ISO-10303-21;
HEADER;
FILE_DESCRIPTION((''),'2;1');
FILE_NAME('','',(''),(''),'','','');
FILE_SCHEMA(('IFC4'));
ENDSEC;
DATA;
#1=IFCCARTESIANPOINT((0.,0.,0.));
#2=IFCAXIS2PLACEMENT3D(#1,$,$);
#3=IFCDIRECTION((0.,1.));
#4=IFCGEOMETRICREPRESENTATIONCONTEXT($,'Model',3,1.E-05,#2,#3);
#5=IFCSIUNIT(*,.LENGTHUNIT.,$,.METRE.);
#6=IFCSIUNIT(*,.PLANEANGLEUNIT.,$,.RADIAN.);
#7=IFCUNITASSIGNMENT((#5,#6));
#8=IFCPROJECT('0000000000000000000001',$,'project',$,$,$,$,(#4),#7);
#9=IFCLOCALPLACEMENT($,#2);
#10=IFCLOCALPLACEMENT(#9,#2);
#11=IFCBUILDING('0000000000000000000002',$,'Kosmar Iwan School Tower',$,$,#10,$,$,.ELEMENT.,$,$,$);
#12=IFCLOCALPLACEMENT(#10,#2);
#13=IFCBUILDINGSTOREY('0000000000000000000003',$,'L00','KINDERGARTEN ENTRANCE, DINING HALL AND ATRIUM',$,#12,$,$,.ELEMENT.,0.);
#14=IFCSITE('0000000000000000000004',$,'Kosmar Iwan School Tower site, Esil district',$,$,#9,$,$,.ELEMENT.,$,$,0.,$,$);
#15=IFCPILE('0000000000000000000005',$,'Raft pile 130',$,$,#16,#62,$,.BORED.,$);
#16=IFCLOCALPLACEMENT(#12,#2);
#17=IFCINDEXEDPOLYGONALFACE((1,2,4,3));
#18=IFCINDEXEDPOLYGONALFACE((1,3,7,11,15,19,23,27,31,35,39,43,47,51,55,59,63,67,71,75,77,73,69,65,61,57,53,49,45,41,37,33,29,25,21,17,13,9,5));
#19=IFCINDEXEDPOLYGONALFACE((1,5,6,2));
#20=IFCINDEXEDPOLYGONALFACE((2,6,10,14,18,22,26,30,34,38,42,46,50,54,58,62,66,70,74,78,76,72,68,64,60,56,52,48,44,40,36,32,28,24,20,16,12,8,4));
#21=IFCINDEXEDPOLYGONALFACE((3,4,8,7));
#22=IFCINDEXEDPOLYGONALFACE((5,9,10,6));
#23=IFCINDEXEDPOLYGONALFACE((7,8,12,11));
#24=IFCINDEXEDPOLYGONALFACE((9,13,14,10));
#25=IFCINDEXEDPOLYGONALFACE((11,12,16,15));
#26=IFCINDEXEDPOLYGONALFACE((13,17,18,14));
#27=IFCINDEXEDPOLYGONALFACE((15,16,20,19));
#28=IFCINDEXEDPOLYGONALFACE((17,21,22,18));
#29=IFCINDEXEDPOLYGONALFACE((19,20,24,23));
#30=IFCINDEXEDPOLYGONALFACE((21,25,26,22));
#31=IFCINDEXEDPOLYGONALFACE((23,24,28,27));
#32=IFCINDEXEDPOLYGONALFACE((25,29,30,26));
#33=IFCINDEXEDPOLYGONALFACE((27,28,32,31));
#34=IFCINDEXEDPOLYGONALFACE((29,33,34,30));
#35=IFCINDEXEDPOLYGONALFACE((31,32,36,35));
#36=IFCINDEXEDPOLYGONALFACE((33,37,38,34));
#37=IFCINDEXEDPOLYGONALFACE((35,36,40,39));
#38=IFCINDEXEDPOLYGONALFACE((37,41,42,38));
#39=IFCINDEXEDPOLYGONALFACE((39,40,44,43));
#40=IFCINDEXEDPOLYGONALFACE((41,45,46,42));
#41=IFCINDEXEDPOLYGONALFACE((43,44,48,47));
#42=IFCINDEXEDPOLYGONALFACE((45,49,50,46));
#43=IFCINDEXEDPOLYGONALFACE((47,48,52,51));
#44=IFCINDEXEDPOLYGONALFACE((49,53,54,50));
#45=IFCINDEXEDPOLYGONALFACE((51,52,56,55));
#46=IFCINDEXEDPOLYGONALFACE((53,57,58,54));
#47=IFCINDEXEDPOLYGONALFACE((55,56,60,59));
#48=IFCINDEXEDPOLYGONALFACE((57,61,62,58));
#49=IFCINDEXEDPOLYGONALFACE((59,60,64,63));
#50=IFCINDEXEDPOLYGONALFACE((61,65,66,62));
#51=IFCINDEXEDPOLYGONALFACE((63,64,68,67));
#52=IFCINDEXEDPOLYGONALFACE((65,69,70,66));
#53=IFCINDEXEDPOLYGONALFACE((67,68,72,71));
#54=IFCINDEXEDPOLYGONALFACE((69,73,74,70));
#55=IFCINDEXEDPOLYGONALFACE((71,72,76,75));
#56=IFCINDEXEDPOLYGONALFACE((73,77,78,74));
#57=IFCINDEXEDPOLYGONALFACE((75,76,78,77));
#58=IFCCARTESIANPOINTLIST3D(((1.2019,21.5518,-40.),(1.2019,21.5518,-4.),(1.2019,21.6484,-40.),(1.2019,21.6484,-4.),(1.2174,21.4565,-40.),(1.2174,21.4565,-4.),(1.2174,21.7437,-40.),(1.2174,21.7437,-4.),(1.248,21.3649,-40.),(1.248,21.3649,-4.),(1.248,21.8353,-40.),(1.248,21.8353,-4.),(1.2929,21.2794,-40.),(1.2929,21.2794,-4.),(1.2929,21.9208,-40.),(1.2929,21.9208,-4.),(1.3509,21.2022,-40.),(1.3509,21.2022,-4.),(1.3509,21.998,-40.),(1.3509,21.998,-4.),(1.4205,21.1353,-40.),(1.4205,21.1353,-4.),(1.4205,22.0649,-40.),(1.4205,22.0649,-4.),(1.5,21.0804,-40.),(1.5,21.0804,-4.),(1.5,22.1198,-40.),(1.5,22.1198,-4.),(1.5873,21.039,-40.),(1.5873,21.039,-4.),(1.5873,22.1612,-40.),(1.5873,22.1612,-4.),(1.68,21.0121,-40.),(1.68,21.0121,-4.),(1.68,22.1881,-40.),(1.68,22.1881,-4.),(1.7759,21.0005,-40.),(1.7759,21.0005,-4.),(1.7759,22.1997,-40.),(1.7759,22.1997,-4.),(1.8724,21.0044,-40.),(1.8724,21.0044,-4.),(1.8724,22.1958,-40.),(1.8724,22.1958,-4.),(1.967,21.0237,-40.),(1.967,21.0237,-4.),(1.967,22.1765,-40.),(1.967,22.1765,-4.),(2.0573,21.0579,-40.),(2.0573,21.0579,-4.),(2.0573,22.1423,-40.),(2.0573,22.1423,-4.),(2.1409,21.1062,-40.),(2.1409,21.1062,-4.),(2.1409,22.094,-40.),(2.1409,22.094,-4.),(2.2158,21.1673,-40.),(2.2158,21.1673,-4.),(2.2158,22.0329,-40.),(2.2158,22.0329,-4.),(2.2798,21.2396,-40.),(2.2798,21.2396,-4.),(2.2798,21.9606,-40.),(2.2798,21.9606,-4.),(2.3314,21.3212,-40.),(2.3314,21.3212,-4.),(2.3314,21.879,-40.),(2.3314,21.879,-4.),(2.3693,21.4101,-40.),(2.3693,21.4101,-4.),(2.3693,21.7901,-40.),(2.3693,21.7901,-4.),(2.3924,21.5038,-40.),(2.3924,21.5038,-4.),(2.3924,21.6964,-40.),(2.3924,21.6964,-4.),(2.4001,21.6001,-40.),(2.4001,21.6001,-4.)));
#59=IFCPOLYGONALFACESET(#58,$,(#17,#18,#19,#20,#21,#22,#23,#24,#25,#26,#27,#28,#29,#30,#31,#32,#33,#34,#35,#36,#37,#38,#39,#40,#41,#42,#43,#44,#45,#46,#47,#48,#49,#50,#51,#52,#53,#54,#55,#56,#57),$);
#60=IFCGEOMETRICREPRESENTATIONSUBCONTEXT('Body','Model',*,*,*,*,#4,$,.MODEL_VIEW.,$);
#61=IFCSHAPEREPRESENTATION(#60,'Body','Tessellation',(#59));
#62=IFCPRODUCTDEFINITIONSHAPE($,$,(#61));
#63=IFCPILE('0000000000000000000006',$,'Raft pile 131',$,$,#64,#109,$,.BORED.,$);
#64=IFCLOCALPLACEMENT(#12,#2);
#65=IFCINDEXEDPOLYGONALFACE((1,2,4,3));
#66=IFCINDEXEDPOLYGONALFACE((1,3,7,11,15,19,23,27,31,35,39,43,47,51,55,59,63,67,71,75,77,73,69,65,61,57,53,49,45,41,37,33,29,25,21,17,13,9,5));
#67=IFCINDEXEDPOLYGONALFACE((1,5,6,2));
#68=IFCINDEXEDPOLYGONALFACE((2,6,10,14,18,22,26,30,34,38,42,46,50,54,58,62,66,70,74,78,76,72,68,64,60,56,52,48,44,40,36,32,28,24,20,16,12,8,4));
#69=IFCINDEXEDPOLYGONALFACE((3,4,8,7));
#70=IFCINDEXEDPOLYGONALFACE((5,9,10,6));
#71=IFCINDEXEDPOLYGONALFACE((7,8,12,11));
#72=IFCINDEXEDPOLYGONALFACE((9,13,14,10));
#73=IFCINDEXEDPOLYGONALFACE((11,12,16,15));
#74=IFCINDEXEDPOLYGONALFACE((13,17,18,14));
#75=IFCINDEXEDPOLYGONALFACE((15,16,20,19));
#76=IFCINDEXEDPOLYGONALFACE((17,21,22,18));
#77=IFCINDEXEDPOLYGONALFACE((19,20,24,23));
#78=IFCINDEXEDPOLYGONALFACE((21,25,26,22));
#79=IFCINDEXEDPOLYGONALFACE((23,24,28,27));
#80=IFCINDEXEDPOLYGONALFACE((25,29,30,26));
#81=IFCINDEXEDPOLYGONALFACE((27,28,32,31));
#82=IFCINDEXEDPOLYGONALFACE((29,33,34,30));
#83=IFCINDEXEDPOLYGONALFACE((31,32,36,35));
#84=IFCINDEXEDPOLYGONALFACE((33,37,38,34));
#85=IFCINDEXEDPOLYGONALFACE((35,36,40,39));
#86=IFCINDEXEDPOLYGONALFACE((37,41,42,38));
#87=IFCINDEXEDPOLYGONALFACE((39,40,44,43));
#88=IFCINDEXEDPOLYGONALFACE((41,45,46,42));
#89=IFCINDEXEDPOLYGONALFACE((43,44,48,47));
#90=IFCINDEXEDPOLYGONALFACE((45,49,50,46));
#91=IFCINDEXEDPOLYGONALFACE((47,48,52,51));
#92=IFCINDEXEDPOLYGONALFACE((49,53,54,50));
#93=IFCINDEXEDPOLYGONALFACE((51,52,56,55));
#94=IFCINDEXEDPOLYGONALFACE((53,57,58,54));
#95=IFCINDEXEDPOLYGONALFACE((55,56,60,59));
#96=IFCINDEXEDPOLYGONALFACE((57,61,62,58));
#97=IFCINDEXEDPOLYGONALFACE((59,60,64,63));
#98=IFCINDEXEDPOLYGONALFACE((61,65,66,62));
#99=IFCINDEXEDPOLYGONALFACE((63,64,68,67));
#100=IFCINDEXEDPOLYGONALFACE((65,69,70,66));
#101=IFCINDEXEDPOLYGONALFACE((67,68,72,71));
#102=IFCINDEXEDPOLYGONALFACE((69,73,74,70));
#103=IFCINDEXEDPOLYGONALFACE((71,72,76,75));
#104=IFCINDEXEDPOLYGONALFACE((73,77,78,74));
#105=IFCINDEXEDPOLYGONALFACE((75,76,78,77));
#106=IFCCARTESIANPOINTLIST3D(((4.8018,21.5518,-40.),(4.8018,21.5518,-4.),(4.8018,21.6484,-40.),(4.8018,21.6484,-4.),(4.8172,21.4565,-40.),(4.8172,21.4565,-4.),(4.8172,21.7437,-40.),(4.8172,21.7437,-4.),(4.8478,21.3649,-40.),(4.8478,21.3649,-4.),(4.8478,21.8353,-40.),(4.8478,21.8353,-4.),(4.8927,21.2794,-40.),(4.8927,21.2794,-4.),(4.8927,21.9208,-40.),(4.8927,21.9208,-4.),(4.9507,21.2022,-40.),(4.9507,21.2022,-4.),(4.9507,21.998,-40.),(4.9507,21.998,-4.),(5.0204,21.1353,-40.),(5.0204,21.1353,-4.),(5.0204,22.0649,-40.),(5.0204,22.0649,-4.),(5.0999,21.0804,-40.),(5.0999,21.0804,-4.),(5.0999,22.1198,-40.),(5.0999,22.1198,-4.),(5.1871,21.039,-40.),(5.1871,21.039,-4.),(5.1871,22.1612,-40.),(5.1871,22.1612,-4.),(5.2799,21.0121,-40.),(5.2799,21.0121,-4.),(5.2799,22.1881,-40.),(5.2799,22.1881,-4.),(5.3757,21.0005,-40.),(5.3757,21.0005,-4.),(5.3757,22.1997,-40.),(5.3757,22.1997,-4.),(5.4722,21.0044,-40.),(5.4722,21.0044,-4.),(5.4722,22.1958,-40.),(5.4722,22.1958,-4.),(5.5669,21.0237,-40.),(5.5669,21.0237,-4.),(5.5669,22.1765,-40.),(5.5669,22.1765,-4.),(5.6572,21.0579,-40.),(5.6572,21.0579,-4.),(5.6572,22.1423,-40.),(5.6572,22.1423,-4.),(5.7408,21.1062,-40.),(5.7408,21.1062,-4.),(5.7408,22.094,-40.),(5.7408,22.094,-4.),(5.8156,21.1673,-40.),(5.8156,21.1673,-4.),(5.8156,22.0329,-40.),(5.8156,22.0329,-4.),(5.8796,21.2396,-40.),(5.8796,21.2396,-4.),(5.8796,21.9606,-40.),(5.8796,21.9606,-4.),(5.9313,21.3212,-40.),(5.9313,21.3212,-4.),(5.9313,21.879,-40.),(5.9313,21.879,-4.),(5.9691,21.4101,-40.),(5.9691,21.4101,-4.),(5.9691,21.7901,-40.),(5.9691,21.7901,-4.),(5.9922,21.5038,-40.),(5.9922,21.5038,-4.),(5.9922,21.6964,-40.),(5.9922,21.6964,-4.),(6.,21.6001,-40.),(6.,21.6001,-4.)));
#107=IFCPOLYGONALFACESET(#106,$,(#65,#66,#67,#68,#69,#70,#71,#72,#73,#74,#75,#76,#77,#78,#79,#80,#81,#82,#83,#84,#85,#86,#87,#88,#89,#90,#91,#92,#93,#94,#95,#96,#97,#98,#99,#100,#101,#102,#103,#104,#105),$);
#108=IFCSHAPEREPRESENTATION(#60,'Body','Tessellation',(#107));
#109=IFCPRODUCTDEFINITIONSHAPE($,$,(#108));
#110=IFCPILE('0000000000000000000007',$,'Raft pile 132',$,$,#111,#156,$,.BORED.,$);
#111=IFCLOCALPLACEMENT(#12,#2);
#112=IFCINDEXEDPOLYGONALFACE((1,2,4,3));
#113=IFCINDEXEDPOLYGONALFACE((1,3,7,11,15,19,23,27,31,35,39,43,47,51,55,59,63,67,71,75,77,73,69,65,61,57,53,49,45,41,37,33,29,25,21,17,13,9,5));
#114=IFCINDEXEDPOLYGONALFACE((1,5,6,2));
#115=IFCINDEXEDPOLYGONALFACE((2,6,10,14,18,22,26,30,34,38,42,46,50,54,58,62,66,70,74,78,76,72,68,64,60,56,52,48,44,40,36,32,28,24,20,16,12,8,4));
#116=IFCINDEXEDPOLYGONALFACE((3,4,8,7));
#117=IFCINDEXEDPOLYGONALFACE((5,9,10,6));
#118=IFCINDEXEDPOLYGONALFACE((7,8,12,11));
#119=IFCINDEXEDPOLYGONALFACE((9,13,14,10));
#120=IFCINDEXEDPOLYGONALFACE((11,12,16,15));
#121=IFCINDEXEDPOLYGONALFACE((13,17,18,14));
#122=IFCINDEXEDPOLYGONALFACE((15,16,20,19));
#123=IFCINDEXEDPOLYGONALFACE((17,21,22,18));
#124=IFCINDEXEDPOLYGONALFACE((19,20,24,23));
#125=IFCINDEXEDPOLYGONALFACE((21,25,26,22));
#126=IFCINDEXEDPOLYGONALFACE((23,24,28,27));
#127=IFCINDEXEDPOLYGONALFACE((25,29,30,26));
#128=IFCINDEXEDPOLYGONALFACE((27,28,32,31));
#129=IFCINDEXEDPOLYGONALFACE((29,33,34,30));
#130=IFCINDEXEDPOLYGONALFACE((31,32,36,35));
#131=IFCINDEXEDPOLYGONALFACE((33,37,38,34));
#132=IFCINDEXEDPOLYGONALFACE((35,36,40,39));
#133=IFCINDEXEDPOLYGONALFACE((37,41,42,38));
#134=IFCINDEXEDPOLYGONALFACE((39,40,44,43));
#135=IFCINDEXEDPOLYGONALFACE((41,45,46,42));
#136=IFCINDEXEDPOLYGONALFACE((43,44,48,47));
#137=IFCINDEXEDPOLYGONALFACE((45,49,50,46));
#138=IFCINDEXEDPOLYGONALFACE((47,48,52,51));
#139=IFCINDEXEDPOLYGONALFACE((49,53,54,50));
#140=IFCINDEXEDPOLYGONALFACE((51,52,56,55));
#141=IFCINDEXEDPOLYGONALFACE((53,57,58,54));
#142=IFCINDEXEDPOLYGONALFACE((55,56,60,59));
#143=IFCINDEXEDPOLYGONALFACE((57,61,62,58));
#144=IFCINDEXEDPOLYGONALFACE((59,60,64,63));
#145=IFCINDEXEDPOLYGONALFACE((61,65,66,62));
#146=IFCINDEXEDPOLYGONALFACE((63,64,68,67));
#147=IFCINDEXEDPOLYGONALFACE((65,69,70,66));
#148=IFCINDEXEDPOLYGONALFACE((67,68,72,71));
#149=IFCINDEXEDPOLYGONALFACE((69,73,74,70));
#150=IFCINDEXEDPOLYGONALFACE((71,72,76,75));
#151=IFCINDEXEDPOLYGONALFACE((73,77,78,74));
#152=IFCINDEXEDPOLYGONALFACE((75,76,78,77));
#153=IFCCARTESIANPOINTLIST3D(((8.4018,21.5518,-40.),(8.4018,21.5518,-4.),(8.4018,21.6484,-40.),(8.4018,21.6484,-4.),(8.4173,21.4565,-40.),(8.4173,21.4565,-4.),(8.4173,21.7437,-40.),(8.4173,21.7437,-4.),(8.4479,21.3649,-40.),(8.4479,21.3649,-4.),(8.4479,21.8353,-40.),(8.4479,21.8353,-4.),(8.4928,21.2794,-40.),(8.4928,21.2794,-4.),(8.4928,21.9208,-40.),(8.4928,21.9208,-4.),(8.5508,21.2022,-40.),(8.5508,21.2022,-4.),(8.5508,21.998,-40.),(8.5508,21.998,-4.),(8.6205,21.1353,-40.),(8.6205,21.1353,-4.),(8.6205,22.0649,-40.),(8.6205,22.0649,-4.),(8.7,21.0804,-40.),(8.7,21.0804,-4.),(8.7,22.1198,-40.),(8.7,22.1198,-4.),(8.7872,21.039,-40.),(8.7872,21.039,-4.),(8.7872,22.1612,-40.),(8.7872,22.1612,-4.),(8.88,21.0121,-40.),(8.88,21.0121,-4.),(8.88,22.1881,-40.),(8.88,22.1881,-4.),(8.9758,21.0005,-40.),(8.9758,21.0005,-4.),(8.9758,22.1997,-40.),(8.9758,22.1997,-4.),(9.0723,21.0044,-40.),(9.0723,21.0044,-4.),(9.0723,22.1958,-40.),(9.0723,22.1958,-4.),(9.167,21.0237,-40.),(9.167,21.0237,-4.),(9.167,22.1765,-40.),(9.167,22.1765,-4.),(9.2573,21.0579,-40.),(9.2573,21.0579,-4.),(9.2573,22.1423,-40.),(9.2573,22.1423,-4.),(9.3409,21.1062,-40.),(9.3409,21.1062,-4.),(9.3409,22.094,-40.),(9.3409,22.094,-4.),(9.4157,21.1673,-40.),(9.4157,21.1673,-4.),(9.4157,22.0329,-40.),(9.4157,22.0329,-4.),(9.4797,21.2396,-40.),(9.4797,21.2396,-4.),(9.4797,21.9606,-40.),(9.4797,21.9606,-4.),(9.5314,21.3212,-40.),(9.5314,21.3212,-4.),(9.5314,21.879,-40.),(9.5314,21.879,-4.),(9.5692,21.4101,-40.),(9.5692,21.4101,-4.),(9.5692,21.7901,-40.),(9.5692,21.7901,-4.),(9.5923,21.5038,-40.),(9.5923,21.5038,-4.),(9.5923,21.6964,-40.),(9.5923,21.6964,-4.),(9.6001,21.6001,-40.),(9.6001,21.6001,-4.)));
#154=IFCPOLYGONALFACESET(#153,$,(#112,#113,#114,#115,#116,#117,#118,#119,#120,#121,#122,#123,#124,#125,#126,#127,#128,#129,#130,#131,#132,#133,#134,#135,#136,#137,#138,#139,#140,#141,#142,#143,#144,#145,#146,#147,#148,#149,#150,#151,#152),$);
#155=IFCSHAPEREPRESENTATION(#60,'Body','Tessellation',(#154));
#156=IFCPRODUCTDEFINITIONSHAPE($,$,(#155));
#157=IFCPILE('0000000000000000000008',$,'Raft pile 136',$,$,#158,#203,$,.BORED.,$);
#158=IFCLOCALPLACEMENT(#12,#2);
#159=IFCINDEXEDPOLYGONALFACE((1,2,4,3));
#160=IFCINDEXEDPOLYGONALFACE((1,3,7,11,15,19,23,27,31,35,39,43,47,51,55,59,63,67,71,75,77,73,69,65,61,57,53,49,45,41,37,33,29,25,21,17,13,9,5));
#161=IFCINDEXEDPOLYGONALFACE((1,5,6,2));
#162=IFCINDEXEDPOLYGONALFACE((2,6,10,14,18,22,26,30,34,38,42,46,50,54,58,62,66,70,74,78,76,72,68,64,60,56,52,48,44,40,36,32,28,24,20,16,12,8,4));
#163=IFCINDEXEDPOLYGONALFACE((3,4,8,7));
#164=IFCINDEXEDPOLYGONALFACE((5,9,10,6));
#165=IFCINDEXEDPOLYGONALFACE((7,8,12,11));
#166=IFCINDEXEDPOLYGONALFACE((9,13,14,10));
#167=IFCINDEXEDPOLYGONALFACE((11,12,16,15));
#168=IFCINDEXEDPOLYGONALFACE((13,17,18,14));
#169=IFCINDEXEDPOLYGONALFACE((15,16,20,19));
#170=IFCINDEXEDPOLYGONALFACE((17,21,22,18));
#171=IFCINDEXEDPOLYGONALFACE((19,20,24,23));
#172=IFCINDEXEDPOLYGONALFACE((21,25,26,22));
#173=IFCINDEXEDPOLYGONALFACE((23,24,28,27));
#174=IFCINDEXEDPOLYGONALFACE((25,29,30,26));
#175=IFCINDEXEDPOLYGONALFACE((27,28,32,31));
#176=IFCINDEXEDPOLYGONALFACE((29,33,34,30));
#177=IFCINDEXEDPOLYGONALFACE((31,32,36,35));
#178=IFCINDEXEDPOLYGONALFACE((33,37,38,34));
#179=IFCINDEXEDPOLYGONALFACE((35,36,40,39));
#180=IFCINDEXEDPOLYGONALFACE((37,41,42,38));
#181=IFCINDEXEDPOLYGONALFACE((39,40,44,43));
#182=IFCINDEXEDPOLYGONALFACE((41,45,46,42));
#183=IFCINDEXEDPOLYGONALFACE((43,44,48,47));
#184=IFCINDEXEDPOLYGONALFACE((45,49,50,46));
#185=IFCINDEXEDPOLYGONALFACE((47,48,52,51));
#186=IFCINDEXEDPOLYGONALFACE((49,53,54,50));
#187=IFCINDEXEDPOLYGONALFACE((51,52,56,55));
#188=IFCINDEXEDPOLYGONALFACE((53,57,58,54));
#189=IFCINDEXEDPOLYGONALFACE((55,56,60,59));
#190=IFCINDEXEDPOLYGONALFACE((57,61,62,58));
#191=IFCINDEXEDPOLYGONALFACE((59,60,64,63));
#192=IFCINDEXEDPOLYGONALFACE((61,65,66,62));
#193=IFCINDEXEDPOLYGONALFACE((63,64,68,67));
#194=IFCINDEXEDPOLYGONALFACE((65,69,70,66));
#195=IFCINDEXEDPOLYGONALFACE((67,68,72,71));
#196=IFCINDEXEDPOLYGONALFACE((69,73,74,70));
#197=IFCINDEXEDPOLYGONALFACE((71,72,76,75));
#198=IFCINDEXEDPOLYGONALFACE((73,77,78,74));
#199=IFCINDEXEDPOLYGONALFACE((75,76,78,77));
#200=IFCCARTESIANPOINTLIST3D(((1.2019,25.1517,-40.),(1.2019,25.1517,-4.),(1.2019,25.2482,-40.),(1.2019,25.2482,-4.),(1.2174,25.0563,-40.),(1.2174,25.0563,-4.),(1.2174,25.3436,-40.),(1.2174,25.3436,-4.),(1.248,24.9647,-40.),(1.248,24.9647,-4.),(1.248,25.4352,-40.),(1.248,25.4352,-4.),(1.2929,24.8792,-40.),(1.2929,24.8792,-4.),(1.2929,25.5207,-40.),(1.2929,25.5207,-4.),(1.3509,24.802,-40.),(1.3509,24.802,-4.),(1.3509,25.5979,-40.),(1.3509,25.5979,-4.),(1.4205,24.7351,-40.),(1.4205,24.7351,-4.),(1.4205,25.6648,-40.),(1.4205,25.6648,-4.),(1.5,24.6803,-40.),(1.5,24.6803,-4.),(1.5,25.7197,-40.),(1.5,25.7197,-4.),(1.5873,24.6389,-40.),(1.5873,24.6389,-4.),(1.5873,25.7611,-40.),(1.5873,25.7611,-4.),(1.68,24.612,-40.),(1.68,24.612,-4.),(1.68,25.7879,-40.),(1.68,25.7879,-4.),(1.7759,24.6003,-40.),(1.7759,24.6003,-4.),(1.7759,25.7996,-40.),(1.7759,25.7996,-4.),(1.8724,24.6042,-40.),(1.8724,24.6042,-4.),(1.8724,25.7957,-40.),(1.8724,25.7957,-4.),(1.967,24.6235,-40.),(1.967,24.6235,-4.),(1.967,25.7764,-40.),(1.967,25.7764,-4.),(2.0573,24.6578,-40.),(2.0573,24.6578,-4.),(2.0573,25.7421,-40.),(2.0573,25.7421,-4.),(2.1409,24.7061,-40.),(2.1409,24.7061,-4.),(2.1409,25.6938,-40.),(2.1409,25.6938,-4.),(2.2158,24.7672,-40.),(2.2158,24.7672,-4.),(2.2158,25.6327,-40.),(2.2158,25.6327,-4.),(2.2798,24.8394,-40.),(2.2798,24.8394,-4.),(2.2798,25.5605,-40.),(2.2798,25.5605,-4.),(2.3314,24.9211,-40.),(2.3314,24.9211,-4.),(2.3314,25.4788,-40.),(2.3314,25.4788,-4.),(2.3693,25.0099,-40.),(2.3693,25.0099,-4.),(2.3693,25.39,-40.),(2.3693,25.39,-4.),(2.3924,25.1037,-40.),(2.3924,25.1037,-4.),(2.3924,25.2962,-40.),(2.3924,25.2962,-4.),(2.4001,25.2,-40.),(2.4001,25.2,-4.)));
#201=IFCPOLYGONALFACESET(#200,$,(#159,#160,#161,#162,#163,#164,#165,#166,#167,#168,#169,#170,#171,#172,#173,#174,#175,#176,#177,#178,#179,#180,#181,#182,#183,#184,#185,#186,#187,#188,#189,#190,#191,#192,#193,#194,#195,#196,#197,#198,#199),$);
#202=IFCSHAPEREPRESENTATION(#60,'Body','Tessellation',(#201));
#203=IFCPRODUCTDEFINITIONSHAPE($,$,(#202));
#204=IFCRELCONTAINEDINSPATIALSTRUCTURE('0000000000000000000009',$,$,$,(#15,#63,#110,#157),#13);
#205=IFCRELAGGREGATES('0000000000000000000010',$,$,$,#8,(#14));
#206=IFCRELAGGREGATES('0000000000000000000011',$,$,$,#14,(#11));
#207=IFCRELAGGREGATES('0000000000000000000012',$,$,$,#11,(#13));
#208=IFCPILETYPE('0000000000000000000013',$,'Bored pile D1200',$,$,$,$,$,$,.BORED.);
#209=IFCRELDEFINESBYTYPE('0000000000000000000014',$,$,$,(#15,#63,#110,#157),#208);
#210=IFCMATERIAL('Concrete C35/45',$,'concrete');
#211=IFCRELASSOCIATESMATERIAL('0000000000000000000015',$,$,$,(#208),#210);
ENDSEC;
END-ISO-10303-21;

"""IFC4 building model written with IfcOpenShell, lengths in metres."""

from ifc_helpers import new_model, si_unit, direction, frame, origin, origin_2d, place, context, subcontext, project, spatial, circle, extrude, material, material_profile, profile_set, type_object, element, save


model = new_model("IFC4")

# Units and contexts
model_context = context("Model", 3, precision=1e-05, world=origin(), true_north=direction((0.0, 1.0)))
body_context = subcontext(model_context, "Body", "Model", "MODEL_VIEW")
ifc_project = project(units=[si_unit("LENGTHUNIT", "METRE"), si_unit("PLANEANGLEUNIT", "RADIAN")], contexts=[model_context])

# Site, building, storey
site_placement = place(None, origin())
site = spatial("IfcSite", under=ifc_project, at=site_placement, Name="Kosmar Iwan School Tower site, Esil district", CompositionType="ELEMENT", RefElevation=0.0)
building_placement = place(site_placement, origin())
building = spatial("IfcBuilding", under=site, at=building_placement, Name="Kosmar Iwan School Tower", CompositionType="ELEMENT")
storey_placement = place(building_placement, origin())
storey = spatial("IfcBuildingStorey", under=building, at=storey_placement, Name="L00", Description="KINDERGARTEN ENTRANCE, DINING HALL AND ATRIUM", CompositionType="ELEMENT", Elevation=0.0)

# Piles
ifc_material_1 = material(Name="Concrete C35/45", Category="concrete")
ifc_material_profile_1 = material_profile(ifc_material_1, circle(Radius=0.6001, at=origin_2d()), Name="D1200")
ifc_profile_set_1 = profile_set([ifc_material_profile_1], Name="Concrete C35/45")
pile_type = type_object("IfcPileType", Name="Bored pile D1200", PredefinedType="BORED", material=ifc_profile_set_1)
for number, where, z_axis, x_axis, name in (
    (1, (1.8, 21.6001, -4.0), (0.0, 0.0, -1.0), (1.0, 0.0, 0.0), "Raft pile 130"),
    (2, (5.3999, 21.6001, -4.0), (0.0, 0.0, -1.0), (1.0, 0.0, 0.0), "Raft pile 131"),
    (3, (9.0, 21.6001, -4.0), (0.0, 0.0, -1.0), (1.0, 0.0, 0.0), "Raft pile 132"),
    (4, (1.8, 25.2, -4.0), (0.0, 0.0, -1.0), (1.0, 0.0, 0.0), "Raft pile 136"),
):
    element("IfcPile", number, at=place(storey_placement, frame(where, z_axis=z_axis, x_axis=x_axis)), inside=storey, type_object=pile_type, Name=name, PredefinedType="BORED", context=body_context, shape_type="SweptSolid", body=[
        extrude(circle(Radius=0.6001, at=origin_2d()), origin(), (0.0, 0.0, 1.0), 36.0),
    ])

save(model, "model.ifc")
